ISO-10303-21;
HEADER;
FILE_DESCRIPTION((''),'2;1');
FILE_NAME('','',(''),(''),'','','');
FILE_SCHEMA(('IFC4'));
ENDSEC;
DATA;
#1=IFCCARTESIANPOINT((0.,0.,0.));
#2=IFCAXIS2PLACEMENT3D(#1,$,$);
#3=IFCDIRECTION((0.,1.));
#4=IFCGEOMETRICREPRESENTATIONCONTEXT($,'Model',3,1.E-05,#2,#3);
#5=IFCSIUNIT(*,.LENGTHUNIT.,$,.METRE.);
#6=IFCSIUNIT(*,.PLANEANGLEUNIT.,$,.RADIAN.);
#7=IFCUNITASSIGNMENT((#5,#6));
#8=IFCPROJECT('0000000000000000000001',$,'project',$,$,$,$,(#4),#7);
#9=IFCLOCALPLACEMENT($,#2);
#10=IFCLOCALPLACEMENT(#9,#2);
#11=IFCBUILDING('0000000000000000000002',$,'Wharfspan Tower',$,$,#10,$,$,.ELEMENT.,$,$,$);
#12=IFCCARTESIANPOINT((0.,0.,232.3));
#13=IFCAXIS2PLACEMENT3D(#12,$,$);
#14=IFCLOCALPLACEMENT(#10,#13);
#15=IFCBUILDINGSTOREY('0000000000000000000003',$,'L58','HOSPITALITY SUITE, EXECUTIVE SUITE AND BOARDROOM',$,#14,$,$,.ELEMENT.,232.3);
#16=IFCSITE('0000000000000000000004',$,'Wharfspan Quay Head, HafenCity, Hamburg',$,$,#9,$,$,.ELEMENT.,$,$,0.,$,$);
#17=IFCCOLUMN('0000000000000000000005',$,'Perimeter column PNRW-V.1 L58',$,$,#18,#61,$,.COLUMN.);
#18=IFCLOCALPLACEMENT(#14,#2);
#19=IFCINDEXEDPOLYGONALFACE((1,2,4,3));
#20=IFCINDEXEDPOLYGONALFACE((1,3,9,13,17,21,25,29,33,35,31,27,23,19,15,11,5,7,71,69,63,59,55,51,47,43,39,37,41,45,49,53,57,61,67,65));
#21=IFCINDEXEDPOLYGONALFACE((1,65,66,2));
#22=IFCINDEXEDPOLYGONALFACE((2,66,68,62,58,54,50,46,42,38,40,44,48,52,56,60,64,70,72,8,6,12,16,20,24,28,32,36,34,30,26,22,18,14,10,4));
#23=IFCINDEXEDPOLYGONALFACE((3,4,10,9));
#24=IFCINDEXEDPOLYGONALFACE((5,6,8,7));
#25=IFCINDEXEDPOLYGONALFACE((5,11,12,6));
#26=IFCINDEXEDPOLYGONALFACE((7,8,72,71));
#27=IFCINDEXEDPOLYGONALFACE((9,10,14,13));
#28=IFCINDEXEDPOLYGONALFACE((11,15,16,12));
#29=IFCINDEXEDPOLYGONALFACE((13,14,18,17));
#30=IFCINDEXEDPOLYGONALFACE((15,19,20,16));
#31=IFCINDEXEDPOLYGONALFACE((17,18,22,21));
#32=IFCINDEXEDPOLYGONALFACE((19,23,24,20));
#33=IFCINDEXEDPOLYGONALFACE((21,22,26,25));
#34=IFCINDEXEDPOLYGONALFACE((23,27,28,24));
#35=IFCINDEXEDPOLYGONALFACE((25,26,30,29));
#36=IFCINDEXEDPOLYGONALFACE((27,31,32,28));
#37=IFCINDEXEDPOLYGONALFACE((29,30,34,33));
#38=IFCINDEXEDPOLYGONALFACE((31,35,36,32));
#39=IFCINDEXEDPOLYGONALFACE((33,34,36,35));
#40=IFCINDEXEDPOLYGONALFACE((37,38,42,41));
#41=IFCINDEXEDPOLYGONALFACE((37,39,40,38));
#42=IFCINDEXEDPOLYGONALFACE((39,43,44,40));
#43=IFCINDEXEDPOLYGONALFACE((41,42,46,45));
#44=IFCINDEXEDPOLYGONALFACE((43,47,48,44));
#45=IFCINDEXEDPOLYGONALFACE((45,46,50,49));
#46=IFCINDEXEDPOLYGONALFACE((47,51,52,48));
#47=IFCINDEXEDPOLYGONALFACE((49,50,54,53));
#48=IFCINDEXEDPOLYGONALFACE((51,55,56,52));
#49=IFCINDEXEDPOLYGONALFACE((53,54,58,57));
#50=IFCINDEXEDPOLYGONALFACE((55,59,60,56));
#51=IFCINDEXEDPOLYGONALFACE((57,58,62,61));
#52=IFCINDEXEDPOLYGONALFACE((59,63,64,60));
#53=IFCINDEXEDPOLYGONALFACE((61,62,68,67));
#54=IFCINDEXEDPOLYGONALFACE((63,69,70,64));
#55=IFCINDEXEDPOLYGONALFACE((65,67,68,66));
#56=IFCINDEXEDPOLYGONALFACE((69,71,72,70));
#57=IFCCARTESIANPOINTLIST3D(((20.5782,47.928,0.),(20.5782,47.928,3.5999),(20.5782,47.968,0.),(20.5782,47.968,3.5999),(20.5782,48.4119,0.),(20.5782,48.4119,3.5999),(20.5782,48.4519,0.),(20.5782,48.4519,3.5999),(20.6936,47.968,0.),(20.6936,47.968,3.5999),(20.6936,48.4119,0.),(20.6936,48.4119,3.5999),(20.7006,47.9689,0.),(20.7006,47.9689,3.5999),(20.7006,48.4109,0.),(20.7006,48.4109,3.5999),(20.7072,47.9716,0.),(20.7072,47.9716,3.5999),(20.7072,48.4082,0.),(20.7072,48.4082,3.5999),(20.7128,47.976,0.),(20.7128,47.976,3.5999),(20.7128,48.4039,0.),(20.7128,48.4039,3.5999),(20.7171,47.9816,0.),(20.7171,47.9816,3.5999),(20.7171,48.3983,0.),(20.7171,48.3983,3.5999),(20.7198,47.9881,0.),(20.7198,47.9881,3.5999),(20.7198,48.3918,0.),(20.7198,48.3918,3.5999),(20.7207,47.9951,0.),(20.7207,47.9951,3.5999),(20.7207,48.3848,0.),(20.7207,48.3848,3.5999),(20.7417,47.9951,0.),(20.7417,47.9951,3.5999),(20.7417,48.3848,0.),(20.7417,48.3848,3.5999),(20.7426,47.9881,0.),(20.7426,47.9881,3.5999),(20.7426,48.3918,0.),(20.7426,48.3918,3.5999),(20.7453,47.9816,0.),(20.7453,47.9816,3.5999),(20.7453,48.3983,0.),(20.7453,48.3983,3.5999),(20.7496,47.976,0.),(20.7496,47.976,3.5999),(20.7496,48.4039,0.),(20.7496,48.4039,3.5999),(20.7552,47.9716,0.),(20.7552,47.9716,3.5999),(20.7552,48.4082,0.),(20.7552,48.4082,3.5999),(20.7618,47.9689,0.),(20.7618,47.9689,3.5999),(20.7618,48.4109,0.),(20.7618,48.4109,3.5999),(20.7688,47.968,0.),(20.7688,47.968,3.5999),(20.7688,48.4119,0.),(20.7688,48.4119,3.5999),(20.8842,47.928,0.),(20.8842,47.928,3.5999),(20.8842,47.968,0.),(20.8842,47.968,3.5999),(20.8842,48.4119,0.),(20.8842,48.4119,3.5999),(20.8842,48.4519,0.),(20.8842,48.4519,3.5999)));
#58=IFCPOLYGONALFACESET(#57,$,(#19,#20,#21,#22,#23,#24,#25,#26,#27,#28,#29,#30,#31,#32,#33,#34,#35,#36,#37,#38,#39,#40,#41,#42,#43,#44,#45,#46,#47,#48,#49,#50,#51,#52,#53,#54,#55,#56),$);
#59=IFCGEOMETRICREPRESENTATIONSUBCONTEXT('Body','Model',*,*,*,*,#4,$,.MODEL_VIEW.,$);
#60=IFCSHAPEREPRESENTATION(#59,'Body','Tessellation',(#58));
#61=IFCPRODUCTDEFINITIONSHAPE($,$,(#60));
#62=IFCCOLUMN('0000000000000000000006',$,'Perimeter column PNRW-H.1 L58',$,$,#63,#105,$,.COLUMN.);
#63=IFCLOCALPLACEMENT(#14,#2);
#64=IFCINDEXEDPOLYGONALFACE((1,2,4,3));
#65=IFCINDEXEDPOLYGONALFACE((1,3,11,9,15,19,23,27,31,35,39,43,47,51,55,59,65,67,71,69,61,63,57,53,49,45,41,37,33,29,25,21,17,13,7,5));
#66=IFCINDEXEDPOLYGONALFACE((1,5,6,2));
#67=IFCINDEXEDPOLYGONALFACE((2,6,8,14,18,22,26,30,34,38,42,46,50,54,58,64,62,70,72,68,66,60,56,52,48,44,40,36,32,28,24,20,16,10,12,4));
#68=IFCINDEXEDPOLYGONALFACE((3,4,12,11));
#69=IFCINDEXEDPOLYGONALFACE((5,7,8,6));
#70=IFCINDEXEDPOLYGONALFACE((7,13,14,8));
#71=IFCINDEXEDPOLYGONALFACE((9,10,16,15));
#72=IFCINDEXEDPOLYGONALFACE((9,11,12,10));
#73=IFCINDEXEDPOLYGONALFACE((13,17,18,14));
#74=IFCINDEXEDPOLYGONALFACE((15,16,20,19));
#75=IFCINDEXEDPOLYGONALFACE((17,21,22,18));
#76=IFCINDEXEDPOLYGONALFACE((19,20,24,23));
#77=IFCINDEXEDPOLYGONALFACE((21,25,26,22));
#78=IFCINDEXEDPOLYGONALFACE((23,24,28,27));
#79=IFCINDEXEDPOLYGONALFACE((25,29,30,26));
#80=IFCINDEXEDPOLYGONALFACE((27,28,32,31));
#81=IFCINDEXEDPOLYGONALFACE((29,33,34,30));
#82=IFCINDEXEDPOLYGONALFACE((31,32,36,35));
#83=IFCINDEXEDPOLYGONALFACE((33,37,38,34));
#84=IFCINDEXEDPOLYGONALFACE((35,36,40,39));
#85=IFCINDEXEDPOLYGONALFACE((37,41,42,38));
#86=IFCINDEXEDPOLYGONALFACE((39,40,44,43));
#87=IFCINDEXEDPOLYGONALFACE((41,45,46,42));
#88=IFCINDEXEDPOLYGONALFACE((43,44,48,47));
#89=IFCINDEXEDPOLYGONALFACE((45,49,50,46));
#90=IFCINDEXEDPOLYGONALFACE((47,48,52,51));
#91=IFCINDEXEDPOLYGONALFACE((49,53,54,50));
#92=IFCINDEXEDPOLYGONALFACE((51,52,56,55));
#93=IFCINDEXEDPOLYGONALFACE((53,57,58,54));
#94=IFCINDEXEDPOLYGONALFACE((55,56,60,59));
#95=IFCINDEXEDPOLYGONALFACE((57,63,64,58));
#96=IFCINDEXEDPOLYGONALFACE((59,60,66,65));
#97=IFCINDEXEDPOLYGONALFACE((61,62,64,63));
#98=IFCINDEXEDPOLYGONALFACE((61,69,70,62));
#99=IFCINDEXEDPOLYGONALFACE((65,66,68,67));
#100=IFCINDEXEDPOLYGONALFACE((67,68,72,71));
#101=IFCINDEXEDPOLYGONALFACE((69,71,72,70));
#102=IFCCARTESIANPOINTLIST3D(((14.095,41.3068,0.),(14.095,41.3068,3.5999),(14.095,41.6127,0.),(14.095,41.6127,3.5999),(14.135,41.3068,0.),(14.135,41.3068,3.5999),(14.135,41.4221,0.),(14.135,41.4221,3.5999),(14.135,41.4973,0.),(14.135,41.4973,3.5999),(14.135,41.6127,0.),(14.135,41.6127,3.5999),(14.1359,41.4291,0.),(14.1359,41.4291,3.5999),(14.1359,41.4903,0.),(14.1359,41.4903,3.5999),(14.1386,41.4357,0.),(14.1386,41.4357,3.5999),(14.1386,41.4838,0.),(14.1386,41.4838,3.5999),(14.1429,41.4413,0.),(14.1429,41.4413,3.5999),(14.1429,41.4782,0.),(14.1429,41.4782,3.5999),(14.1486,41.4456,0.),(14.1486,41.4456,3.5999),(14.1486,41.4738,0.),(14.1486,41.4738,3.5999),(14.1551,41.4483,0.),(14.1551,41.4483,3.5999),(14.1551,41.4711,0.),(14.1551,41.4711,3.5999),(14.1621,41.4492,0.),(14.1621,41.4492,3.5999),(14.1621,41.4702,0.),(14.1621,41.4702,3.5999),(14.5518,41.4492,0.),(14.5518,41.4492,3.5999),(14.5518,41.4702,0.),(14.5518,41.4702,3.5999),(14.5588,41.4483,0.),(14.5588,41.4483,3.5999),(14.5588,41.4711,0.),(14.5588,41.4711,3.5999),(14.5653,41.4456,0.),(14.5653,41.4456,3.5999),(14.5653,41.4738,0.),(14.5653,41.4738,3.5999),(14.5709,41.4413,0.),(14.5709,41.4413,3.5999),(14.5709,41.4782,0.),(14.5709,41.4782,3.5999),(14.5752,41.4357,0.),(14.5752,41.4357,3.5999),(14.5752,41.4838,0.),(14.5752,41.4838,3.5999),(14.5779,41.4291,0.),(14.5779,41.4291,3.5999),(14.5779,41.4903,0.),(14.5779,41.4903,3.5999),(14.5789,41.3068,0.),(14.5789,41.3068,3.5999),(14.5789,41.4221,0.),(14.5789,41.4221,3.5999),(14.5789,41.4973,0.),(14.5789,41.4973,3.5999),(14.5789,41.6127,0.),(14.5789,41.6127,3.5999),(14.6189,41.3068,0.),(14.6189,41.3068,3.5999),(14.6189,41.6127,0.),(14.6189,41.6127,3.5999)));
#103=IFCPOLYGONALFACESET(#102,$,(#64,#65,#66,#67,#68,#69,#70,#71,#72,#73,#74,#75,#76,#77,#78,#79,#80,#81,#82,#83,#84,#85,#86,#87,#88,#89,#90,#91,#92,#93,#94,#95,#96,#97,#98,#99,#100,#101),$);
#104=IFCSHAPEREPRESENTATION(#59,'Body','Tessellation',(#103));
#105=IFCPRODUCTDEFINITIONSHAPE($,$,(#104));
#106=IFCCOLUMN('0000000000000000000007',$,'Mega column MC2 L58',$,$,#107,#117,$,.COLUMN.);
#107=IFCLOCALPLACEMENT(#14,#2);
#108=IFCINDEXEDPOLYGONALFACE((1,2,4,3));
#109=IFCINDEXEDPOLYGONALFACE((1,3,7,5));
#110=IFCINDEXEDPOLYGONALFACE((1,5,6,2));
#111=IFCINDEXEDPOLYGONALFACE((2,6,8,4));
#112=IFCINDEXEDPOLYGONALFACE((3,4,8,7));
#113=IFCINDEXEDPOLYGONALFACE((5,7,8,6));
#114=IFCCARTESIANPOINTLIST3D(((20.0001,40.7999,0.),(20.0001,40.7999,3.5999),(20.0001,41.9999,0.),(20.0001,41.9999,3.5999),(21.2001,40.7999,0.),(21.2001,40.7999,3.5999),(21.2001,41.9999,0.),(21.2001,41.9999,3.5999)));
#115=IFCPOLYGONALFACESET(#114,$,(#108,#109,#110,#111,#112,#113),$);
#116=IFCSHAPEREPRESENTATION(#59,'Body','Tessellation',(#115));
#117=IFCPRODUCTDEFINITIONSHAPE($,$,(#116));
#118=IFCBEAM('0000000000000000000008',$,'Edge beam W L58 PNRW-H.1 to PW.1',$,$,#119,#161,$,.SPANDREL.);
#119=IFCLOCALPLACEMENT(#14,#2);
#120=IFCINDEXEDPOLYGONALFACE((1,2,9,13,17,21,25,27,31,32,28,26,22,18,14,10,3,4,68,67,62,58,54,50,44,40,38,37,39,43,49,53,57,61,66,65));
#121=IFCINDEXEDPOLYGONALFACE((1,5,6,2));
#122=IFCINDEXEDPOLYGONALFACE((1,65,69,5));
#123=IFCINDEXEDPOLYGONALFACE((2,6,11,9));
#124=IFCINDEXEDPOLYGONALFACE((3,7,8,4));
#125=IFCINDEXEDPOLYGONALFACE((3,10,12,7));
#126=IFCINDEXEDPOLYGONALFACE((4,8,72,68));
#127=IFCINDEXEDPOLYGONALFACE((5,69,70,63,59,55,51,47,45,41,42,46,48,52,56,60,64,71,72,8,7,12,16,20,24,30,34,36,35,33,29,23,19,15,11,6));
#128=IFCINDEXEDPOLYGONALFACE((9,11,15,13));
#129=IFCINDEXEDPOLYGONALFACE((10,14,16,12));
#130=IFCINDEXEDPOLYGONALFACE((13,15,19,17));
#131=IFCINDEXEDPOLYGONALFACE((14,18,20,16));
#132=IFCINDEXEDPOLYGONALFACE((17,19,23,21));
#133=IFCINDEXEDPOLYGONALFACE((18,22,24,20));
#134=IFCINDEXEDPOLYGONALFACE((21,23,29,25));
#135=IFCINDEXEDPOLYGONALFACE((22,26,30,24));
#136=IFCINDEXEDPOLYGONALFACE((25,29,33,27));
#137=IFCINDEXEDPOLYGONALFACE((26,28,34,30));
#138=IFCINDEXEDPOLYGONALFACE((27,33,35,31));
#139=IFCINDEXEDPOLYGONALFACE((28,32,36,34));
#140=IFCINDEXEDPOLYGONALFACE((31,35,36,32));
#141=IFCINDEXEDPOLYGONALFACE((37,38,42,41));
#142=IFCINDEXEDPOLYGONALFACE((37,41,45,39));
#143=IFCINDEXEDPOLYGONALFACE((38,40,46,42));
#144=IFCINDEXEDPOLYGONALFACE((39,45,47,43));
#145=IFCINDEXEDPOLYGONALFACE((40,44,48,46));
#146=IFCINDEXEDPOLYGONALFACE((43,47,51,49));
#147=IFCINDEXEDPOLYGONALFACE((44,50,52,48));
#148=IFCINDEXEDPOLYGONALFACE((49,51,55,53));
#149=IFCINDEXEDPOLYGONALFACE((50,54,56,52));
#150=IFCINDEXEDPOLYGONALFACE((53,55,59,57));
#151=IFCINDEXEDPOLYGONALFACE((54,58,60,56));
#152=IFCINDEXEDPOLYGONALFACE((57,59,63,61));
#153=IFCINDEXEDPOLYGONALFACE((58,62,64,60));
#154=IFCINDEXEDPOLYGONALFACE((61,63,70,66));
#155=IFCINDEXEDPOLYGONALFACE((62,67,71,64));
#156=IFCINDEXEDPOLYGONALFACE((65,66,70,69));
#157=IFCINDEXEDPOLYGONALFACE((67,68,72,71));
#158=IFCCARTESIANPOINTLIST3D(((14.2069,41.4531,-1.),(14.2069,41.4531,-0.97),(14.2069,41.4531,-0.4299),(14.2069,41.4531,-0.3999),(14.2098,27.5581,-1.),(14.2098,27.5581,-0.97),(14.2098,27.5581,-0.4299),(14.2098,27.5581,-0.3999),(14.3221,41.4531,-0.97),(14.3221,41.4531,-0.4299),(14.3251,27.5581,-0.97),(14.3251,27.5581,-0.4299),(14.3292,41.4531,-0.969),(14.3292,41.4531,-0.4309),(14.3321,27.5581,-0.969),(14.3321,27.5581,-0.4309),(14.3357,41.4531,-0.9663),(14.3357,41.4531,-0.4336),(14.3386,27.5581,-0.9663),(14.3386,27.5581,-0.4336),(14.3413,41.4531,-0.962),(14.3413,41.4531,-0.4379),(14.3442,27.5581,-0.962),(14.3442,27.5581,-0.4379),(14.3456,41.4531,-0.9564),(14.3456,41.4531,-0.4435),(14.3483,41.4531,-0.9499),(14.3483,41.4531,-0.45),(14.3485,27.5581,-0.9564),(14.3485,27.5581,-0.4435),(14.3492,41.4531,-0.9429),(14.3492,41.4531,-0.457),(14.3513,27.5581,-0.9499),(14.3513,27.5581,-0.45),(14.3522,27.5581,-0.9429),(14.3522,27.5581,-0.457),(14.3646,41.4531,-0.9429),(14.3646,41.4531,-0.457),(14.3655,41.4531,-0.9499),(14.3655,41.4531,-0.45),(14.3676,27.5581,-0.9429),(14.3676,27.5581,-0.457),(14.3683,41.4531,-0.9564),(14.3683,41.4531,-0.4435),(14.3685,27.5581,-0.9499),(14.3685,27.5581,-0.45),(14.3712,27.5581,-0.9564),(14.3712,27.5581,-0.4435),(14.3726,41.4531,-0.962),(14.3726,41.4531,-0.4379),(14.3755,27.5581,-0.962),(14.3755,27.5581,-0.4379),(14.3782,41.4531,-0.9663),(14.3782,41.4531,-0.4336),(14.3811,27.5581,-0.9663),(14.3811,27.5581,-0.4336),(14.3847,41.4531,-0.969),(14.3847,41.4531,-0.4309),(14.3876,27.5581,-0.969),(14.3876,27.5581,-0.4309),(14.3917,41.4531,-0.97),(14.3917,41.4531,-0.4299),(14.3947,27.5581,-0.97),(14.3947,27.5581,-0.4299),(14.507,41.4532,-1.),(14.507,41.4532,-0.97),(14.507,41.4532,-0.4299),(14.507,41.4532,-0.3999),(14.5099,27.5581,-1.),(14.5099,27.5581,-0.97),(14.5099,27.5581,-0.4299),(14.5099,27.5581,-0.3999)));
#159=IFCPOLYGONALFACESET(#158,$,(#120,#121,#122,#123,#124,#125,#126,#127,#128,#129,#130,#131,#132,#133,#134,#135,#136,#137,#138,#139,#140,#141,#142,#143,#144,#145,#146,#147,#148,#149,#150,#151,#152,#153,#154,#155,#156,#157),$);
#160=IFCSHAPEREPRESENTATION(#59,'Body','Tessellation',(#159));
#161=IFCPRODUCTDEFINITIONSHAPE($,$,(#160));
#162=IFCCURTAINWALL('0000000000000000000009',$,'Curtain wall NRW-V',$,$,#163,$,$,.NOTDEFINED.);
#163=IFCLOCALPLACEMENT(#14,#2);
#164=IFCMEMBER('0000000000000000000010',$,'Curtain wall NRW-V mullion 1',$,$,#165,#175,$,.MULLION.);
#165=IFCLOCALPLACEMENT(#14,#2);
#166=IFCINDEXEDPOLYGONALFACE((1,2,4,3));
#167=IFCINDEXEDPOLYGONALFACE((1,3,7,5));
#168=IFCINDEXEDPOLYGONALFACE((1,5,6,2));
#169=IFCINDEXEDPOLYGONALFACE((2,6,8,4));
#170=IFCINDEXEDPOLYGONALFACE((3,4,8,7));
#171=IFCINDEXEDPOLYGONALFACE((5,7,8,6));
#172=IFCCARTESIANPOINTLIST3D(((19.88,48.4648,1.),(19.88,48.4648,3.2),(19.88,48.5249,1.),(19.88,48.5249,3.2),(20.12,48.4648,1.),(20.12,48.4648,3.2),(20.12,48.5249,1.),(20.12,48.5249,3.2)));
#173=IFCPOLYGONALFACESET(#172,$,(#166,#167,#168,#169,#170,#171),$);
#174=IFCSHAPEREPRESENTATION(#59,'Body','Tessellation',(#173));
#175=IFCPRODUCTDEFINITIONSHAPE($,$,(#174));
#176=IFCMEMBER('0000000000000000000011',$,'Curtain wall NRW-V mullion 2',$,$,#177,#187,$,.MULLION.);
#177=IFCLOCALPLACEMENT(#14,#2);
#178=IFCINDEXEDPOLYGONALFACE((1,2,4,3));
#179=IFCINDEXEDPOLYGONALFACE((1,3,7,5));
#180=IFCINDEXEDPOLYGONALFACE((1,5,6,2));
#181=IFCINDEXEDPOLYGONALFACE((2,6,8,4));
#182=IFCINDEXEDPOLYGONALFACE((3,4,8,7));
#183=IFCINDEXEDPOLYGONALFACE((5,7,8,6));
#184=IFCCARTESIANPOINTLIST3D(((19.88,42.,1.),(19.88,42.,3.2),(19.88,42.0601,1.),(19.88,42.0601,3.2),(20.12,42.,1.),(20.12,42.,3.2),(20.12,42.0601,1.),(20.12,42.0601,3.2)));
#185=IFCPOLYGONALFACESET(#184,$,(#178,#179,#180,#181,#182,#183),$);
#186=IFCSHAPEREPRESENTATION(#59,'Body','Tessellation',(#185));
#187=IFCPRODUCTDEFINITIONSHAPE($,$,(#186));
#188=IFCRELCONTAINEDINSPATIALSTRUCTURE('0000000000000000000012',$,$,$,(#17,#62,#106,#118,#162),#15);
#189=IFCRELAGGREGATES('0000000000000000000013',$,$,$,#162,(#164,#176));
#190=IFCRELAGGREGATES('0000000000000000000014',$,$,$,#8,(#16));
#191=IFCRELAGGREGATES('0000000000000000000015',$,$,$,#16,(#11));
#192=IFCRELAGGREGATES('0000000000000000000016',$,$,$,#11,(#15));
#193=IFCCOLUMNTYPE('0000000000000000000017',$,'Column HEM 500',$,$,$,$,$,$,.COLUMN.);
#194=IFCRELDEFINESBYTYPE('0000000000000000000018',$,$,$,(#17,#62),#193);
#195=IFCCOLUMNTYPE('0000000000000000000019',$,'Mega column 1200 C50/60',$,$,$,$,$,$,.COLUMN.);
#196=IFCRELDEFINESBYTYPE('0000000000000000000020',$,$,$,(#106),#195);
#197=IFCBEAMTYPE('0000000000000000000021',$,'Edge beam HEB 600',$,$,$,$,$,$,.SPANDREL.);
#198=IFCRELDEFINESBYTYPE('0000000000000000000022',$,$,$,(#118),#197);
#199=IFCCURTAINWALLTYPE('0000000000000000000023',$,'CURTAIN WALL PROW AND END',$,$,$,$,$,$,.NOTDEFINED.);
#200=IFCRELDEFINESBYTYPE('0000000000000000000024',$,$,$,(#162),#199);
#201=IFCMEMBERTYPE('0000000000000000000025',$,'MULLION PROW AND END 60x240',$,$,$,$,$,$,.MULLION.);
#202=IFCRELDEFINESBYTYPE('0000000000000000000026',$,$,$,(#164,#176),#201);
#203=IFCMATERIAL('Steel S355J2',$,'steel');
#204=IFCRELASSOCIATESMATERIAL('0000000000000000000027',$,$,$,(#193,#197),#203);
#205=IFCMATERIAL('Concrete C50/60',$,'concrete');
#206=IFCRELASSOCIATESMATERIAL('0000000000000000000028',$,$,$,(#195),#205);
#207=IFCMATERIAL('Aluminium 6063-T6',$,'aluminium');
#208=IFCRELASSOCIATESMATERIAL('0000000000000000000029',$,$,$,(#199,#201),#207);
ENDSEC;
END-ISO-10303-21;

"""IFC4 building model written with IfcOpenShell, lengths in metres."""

from ifc_helpers import new_model, si_unit, direction, frame, origin, origin_2d, place, context, subcontext, project, spatial, rectangle, i_section, extrude, material, material_profile, profile_set, type_object, element, aggregate, save


model = new_model("IFC4")

# Units and contexts
model_context = context("Model", 3, precision=1e-05, world=origin(), true_north=direction((0.0, 1.0)))
body_context = subcontext(model_context, "Body", "Model", "MODEL_VIEW")
ifc_project = project(units=[si_unit("LENGTHUNIT", "METRE"), si_unit("PLANEANGLEUNIT", "RADIAN")], contexts=[model_context])

# Site, building, storey
site_placement = place(None, origin())
site = spatial("IfcSite", under=ifc_project, at=site_placement, Name="Wharfspan Quay Head, HafenCity, Hamburg", CompositionType="ELEMENT", RefElevation=0.0)
building_placement = place(site_placement, origin())
building = spatial("IfcBuilding", under=site, at=building_placement, Name="Wharfspan Tower", CompositionType="ELEMENT")
storey_placement = place(building_placement, frame((0.0, 0.0, 232.3)))
storey = spatial("IfcBuildingStorey", under=building, at=storey_placement, Name="L58", Description="HOSPITALITY SUITE, EXECUTIVE SUITE AND BOARDROOM", CompositionType="ELEMENT", Elevation=232.3)

# Columns
ifc_material_1 = material(Name="Steel S355J2", Category="steel")
ifc_material_profile_1 = material_profile(ifc_material_1, i_section(OverallWidth=0.3059, OverallDepth=0.5239, WebThickness=0.021, FlangeThickness=0.04, FilletRadius=0.0271, at=origin_2d()))
ifc_profile_set_1 = profile_set([ifc_material_profile_1], Name="Steel S355J2")
column_type_1 = type_object("IfcColumnType", Name="Column HEM 500", PredefinedType="COLUMN", material=ifc_profile_set_1)
for number, where, z_axis, x_axis, name in (
    (1, (20.7312, 48.1899, 0.0), (0.0, 0.0, 1.0), (-1.0, 0.0, 0.0), "Perimeter column PNRW-V.1 L58"),
    (2, (14.3569, 41.4597, 0.0), (0.0, 0.0, 1.0), (0.0, 1.0, 0.0), "Perimeter column PNRW-H.1 L58"),
):
    element("IfcColumn", number, at=place(storey_placement, frame(where, z_axis=z_axis, x_axis=x_axis)), inside=storey, type_object=column_type_1, Name=name, PredefinedType="COLUMN", context=body_context, shape_type="SweptSolid", body=[
        extrude(i_section(OverallWidth=0.3059, OverallDepth=0.5239, WebThickness=0.021, FlangeThickness=0.04, FilletRadius=0.0271, at=origin_2d()), origin(), (0.0, 0.0, 1.0), 3.5999),
    ])
ifc_material_2 = material(Name="Concrete C50/60", Category="concrete")
ifc_material_profile_2 = material_profile(ifc_material_2, rectangle(XDim=1.2, YDim=1.2, at=origin_2d()))
ifc_profile_set_2 = profile_set([ifc_material_profile_2], Name="Concrete C50/60")
column_type_2 = type_object("IfcColumnType", Name="Mega column 1200 C50/60", PredefinedType="COLUMN", material=ifc_profile_set_2)
column_placement = place(storey_placement, frame((20.6001, 41.3999, 0.0), z_axis=(0.0, 0.0, 1.0), x_axis=(1.0, 0.0, 0.0)))
element("IfcColumn", 3, at=column_placement, inside=storey, type_object=column_type_2, Name="Mega column MC2 L58", PredefinedType="COLUMN", context=body_context, shape_type="SweptSolid", body=[
    extrude(rectangle(XDim=1.2, YDim=1.2, at=origin_2d()), origin(), (0.0, 0.0, 1.0), 3.5999),
])

# Beam
ifc_material_profile_3 = material_profile(ifc_material_1, i_section(OverallWidth=0.3, OverallDepth=0.6001, WebThickness=0.0154, FlangeThickness=0.03, FilletRadius=0.0271, at=origin_2d()))
ifc_profile_set_3 = profile_set([ifc_material_profile_3], Name="Steel S355J2")
beam_type = type_object("IfcBeamType", Name="Edge beam HEB 600", PredefinedType="SPANDREL", material=ifc_profile_set_3)
beam_placement = place(storey_placement, frame((14.3569, 41.4531, -0.7), z_axis=(0.000211, -1.0, 0.0), x_axis=(1.0, 0.000211, 0.0)))
element("IfcBeam", 4, at=beam_placement, inside=storey, type_object=beam_type, Name="Edge beam W L58 PNRW-H.1 to PW.1", PredefinedType="SPANDREL", context=body_context, shape_type="SweptSolid", body=[
    extrude(i_section(OverallWidth=0.3, OverallDepth=0.6001, WebThickness=0.0154, FlangeThickness=0.03, FilletRadius=0.0271, at=origin_2d()), origin(), (0.0, 0.0, 1.0), 13.895),
])

# Curtain wall, members
ifc_material_3 = material(Name="Aluminium 6063-T6", Category="aluminium")
curtain_wall_type = type_object("IfcCurtainWallType", Name="CURTAIN WALL PROW AND END", PredefinedType="NOTDEFINED", material=ifc_material_3)
curtain_wall_1_placement = place(storey_placement, origin())
curtain_wall_1 = element("IfcCurtainWall", 5, at=curtain_wall_1_placement, inside=storey, type_object=curtain_wall_type, Name="Curtain wall NRW-V", PredefinedType="NOTDEFINED")
ifc_material_profile_4 = material_profile(ifc_material_3, rectangle(XDim=0.24, YDim=0.0601, at=origin_2d()))
ifc_profile_set_4 = profile_set([ifc_material_profile_4], Name="Aluminium 6063-T6")
member_type_1 = type_object("IfcMemberType", Name="MULLION PROW AND END 60x240", PredefinedType="MULLION", material=ifc_profile_set_4)
member_1_placement = place(storey_placement, frame((20.0, 48.4949, 1.0), z_axis=(0.0, 0.0, 1.0), x_axis=(1.0, 0.0, 0.0)))
member_1 = element("IfcMember", 6, at=member_1_placement, type_object=member_type_1, Name="Curtain wall NRW-V mullion 1", PredefinedType="MULLION", context=body_context, shape_type="SweptSolid", body=[
    extrude(rectangle(XDim=0.24, YDim=0.0601, at=origin_2d()), origin(), (0.0, 0.0, 1.0), 2.2),
])
member_2_placement = place(storey_placement, frame((20.0, 42.03, 1.0), z_axis=(0.0, 0.0, 1.0), x_axis=(1.0, 0.0, 0.0)))
member_2 = element("IfcMember", 7, at=member_2_placement, type_object=member_type_1, Name="Curtain wall NRW-V mullion 2", PredefinedType="MULLION", context=body_context, shape_type="SweptSolid", body=[
    extrude(rectangle(XDim=0.24, YDim=0.0601, at=origin_2d()), origin(), (0.0, 0.0, 1.0), 2.2),
])

aggregate(curtain_wall_1, [member_1, member_2])

save(model, "model.ifc")
